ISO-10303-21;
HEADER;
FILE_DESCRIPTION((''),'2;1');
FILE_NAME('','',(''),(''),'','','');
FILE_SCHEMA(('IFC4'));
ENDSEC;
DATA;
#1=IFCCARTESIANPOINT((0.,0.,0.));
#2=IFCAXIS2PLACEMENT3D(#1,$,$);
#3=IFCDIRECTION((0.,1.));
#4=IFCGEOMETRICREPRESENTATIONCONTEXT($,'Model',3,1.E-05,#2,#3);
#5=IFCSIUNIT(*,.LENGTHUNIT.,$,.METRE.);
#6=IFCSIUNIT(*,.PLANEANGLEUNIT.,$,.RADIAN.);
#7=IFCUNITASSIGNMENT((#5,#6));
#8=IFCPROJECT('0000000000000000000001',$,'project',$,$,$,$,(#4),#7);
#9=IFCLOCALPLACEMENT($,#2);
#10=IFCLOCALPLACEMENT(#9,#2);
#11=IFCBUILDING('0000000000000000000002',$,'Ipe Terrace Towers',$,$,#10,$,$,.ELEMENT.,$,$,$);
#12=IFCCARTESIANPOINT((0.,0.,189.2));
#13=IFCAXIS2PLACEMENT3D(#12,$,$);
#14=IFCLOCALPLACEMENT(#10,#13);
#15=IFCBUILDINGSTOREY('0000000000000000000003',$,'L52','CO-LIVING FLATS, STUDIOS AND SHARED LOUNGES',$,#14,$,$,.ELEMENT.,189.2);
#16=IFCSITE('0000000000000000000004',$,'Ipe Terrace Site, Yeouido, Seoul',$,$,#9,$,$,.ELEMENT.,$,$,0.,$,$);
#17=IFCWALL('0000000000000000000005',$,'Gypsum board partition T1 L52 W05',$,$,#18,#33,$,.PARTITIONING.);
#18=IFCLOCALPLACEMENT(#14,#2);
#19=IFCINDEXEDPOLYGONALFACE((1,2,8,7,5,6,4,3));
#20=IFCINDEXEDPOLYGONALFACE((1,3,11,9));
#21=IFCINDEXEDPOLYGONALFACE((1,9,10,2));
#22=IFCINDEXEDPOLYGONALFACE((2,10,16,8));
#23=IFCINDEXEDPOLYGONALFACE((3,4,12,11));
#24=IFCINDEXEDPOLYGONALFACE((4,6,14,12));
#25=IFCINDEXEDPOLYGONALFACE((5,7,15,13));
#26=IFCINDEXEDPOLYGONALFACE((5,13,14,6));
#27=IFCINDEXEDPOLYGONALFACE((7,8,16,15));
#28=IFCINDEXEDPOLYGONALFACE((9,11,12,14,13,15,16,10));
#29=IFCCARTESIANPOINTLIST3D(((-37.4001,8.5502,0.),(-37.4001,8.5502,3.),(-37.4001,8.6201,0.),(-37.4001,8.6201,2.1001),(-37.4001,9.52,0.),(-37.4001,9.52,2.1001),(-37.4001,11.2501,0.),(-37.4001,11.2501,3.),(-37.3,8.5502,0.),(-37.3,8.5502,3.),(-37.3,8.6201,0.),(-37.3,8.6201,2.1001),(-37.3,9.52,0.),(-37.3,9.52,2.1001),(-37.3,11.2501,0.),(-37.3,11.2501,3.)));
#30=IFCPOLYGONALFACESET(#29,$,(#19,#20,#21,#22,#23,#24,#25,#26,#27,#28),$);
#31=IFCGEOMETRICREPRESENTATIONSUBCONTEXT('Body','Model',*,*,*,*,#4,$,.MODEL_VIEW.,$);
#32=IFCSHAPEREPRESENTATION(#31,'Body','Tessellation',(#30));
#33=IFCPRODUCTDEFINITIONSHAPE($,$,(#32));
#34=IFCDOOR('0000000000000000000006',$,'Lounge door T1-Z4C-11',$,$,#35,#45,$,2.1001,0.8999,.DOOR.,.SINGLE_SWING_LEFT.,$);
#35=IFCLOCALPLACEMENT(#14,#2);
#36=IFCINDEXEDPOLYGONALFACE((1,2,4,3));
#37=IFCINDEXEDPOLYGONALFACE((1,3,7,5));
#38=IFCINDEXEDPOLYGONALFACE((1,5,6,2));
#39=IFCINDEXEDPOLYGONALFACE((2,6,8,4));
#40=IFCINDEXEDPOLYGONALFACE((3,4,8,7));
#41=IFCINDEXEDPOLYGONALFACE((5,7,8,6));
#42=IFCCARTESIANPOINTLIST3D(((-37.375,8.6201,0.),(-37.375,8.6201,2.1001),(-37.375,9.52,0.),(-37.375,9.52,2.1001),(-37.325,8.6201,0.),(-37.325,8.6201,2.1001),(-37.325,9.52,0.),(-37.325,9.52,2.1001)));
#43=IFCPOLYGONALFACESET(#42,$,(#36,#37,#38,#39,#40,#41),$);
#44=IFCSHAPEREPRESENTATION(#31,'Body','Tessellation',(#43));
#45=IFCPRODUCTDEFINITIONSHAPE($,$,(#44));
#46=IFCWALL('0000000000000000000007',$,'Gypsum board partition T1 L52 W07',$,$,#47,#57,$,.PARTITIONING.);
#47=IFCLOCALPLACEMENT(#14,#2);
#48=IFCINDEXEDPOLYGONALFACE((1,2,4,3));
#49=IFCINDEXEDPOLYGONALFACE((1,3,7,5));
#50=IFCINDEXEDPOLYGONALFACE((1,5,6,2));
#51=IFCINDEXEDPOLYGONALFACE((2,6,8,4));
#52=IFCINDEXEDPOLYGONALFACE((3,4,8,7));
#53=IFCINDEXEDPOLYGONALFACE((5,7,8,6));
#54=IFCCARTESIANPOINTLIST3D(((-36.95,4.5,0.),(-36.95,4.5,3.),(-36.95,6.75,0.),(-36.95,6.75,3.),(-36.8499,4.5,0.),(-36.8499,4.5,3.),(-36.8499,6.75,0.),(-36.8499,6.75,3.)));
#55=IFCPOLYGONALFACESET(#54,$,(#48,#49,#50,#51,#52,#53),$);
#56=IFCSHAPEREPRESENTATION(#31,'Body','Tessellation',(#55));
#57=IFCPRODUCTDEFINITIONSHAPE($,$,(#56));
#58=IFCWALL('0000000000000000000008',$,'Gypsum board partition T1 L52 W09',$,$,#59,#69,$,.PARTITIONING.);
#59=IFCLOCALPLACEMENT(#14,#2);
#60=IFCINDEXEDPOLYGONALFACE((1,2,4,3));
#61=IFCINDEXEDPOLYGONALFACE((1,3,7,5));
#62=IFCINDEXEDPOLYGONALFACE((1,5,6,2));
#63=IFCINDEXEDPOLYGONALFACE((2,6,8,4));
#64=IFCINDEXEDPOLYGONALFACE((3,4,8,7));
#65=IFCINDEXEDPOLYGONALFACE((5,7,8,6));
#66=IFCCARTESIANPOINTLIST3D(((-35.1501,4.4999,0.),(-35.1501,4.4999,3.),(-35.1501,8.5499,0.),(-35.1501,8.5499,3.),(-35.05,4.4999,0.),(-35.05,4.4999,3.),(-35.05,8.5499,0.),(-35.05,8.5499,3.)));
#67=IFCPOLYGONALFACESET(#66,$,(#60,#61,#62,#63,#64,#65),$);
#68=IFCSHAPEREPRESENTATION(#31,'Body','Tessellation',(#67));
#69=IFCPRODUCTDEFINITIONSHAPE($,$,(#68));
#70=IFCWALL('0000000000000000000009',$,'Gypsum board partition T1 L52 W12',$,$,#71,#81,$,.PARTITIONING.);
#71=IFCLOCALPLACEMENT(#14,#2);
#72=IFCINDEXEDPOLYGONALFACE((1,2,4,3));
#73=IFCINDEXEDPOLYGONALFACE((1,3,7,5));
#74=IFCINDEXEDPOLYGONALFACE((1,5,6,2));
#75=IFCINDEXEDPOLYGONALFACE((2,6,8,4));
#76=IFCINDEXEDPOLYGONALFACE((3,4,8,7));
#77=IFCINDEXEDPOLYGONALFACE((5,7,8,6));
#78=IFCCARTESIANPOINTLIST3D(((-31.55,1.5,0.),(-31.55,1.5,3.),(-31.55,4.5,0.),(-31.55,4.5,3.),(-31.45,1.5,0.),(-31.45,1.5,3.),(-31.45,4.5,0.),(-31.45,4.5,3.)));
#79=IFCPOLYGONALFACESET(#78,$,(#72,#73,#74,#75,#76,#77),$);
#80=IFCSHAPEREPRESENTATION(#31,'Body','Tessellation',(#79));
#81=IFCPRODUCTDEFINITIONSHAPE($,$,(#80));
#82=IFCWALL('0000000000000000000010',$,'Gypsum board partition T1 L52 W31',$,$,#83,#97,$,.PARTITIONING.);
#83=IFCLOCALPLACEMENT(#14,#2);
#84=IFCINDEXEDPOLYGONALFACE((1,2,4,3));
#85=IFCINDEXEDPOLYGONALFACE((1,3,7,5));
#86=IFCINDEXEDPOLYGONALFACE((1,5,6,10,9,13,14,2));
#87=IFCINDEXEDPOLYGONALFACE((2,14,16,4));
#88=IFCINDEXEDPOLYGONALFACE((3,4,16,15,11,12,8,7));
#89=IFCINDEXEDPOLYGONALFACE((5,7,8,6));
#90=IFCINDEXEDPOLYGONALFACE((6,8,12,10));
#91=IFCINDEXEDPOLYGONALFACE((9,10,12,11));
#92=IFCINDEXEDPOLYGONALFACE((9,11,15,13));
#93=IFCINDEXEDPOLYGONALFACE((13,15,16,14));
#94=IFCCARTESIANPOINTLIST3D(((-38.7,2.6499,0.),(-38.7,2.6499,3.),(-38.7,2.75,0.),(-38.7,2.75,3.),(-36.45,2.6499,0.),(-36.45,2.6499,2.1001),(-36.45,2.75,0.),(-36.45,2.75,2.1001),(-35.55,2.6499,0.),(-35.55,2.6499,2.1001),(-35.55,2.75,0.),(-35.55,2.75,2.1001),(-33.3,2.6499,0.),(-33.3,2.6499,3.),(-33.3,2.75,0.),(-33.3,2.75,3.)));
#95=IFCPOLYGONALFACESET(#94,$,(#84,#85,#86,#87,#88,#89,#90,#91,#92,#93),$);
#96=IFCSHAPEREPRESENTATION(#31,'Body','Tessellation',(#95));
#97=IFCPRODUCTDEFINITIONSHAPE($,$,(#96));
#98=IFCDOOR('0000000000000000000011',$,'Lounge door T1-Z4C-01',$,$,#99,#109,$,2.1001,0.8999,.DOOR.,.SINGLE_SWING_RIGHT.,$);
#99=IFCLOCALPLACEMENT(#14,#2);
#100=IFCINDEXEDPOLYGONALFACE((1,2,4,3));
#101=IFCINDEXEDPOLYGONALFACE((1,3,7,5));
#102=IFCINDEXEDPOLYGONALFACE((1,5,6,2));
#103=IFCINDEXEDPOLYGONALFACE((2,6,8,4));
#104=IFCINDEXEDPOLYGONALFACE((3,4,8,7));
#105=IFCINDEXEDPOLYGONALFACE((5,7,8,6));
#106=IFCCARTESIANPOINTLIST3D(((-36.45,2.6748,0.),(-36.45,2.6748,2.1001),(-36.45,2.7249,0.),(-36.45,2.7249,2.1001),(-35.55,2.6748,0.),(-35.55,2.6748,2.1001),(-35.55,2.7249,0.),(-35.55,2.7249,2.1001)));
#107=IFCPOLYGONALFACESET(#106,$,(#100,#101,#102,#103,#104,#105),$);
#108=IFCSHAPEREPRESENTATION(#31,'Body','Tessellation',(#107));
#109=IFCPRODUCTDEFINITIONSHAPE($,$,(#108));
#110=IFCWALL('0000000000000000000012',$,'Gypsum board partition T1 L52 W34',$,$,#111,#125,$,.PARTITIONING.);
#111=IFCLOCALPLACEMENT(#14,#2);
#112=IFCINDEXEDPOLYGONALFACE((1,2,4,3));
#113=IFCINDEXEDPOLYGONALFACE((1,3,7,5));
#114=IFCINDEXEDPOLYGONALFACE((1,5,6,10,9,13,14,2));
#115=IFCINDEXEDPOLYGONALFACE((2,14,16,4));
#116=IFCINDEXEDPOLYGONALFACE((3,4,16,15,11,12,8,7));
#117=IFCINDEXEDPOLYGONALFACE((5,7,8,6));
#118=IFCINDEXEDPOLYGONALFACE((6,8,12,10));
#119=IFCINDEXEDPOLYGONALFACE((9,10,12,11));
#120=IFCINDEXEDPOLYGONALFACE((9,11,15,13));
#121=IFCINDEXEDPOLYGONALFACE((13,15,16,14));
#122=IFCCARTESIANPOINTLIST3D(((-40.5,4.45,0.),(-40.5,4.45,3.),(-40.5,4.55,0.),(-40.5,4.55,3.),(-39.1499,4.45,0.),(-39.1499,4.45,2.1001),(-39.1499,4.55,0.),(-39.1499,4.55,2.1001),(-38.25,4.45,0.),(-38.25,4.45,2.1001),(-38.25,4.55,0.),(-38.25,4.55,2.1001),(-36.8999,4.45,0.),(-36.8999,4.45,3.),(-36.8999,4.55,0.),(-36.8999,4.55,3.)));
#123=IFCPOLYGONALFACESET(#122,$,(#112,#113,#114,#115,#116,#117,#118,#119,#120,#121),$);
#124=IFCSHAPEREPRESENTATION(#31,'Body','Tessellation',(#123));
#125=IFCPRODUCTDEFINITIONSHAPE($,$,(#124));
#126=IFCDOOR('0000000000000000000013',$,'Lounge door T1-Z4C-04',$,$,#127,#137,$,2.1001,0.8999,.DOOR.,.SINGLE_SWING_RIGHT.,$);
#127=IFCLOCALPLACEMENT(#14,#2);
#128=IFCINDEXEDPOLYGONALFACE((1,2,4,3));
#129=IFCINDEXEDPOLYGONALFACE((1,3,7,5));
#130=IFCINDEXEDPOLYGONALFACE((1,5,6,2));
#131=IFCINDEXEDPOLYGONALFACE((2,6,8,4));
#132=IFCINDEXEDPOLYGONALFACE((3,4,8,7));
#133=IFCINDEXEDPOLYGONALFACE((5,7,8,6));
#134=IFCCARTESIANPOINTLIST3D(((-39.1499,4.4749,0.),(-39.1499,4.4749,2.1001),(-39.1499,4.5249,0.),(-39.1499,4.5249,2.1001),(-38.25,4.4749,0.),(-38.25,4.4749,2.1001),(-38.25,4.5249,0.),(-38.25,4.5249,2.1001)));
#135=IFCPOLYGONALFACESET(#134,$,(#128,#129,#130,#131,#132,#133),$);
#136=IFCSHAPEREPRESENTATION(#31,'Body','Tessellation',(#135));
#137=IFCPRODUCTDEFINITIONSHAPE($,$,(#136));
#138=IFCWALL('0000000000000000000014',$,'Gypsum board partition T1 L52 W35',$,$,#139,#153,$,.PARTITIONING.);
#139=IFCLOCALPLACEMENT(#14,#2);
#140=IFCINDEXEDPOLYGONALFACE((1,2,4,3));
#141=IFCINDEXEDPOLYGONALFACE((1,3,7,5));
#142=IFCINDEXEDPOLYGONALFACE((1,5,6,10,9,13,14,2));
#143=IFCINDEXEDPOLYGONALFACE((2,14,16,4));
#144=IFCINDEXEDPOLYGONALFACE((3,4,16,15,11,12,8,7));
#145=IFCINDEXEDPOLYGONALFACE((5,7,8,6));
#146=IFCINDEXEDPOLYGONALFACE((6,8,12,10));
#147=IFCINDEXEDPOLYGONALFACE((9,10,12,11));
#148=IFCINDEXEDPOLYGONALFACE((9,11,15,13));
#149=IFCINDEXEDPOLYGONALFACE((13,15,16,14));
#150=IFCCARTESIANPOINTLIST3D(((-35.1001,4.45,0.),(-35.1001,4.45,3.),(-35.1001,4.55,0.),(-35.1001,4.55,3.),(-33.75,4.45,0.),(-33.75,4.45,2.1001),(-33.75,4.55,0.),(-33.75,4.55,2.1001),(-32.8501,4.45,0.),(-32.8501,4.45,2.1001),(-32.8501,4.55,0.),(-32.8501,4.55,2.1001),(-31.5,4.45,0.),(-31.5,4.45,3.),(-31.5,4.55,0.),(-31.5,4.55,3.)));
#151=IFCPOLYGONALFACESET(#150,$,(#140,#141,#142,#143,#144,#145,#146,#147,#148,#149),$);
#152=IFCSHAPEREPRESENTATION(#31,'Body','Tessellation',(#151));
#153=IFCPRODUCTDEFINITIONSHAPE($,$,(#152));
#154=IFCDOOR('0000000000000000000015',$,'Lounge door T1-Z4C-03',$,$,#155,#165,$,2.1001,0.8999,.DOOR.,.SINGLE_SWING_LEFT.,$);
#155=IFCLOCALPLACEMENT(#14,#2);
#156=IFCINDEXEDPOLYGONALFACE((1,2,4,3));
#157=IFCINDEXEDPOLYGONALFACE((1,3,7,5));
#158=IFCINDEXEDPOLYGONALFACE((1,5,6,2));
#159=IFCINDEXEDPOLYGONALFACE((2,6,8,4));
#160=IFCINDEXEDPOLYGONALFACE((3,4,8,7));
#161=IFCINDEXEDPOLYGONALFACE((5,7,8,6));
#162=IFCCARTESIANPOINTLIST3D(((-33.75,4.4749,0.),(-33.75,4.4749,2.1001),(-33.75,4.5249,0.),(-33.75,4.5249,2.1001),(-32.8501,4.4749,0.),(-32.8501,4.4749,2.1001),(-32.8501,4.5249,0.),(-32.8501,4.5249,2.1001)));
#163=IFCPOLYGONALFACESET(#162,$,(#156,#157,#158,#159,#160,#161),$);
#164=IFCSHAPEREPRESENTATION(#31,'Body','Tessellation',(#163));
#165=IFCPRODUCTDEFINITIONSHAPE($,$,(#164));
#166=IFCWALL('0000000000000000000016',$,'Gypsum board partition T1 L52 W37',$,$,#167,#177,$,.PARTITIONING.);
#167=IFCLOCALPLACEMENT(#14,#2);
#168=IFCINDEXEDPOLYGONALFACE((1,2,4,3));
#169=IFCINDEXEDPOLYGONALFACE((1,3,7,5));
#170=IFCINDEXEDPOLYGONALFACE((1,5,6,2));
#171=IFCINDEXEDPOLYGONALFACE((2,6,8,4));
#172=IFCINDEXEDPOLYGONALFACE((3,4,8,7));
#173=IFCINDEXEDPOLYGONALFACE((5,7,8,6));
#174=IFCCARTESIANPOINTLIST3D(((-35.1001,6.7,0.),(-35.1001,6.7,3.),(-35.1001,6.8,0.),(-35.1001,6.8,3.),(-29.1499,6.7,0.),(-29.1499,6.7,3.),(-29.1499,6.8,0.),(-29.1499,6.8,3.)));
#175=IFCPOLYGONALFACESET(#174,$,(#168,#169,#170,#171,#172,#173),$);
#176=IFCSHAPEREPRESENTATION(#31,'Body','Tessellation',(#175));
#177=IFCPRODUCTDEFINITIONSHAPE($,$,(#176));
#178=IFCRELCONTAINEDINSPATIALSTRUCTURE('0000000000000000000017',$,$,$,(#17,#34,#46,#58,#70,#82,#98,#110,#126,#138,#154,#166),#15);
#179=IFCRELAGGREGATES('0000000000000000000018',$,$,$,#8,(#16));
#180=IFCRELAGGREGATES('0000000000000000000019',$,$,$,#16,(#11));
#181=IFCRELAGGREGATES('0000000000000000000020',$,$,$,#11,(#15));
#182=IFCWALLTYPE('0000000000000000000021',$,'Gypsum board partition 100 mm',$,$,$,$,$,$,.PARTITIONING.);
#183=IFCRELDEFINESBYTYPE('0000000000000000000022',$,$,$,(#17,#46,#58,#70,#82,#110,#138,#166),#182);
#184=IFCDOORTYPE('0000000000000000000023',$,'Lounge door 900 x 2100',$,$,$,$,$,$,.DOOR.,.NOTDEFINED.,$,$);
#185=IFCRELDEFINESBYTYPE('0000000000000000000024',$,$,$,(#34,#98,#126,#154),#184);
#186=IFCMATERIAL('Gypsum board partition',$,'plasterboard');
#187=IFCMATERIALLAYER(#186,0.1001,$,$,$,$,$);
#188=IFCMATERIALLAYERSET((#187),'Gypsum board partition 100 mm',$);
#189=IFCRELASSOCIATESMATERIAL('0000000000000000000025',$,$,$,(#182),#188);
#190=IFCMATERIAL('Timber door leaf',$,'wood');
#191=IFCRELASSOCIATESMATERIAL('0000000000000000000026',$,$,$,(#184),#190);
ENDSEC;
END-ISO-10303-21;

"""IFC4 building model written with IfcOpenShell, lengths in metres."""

from ifc_helpers import new_model, si_unit, direction, frame, frame_2d, origin, place, context, subcontext, project, spatial, rectangle, extrude, material, layer, layer_set, type_object, element, fill, save


model = new_model("IFC4")

# Units and contexts
model_context = context("Model", 3, precision=1e-05, world=origin(), true_north=direction((0.0, 1.0)))
body_context = subcontext(model_context, "Body", "Model", "MODEL_VIEW")
ifc_project = project(units=[si_unit("LENGTHUNIT", "METRE"), si_unit("PLANEANGLEUNIT", "RADIAN")], contexts=[model_context])

# Site, building, storey
site_placement = place(None, origin())
site = spatial("IfcSite", under=ifc_project, at=site_placement, Name="Ipe Terrace Site, Yeouido, Seoul", CompositionType="ELEMENT", RefElevation=0.0)
building_placement = place(site_placement, origin())
building = spatial("IfcBuilding", under=site, at=building_placement, Name="Ipe Terrace Towers", CompositionType="ELEMENT")
storey_placement = place(building_placement, frame((0.0, 0.0, 189.2)))
storey = spatial("IfcBuildingStorey", under=building, at=storey_placement, Name="L52", Description="CO-LIVING FLATS, STUDIOS AND SHARED LOUNGES", CompositionType="ELEMENT", Elevation=189.2)

# Wall, opening, door
ifc_material_1 = material(Name="Gypsum board partition", Category="plasterboard")
ifc_layer_1 = layer(ifc_material_1, 0.1001)
ifc_layer_set_1 = layer_set([ifc_layer_1], Name="Gypsum board partition 100 mm")
wall_type_1 = type_object("IfcWallType", Name="Gypsum board partition 100 mm", PredefinedType="PARTITIONING", material=ifc_layer_set_1)
ifc_material_2 = material(Name="Timber door leaf", Category="wood")
door_type = type_object("IfcDoorType", Name="Lounge door 900 x 2100", OperationType="NOTDEFINED", PredefinedType="DOOR", material=ifc_material_2)
wall_1_placement = place(storey_placement, frame((-37.3501, 8.55, 0.0), z_axis=(0.0, 0.0, 1.0), x_axis=(0.0, 1.0, 0.0)))
wall_1 = element("IfcWall", 1, at=wall_1_placement, inside=storey, type_object=wall_type_1, Name="Gypsum board partition T1 L52 W05", PredefinedType="PARTITIONING", context=body_context, shape_type="SweptSolid", body=[
    extrude(rectangle(XDim=2.7, YDim=0.1001, at=frame_2d((1.3501, 0.0))), origin(), (0.0, 0.0, 1.0), 3.0),
])
opening_1_placement = place(wall_1_placement, frame((0.0701, 0.0, 0.0)))
opening_1 = element("IfcOpeningElement", 2, at=opening_1_placement, cuts=wall_1, PredefinedType="OPENING", context=body_context, shape_type="SweptSolid", body=[
    extrude(rectangle(XDim=0.8999, YDim=2.1001, at=frame_2d((0.45, 1.05))), frame((0.0, 0.0601, 0.0), z_axis=(0.0, -1.0, 0.0), x_axis=(1.0, 0.0, 0.0)), (0.0, 0.0, 1.0), 0.1201),
])
door_1_placement = place(opening_1_placement, origin())
door_1 = element("IfcDoor", 3, at=door_1_placement, inside=storey, type_object=door_type, Name="Lounge door T1-Z4C-11", OperationType="SINGLE_SWING_LEFT", OverallHeight=2.1001, OverallWidth=0.8999, PredefinedType="DOOR", context=body_context, shape_type="SweptSolid", body=[
    extrude(rectangle(XDim=0.8999, YDim=2.1001, at=frame_2d((0.45, 1.05))), frame((0.0, 0.0249, 0.0), z_axis=(0.0, -1.0, 0.0), x_axis=(1.0, 0.0, 0.0)), (0.0, 0.0, 1.0), 0.05),
])
fill(opening_1, door_1)

# Walls
wall_2_placement = place(storey_placement, frame((-36.8999, 4.5, 0.0), z_axis=(0.0, 0.0, 1.0), x_axis=(0.0, 1.0, 0.0)))
element("IfcWall", 4, at=wall_2_placement, inside=storey, type_object=wall_type_1, Name="Gypsum board partition T1 L52 W07", PredefinedType="PARTITIONING", context=body_context, shape_type="SweptSolid", body=[
    extrude(rectangle(XDim=2.25, YDim=0.1001, at=frame_2d((1.125, 0.0))), origin(), (0.0, 0.0, 1.0), 3.0),
])
wall_3_placement = place(storey_placement, frame((-35.1001, 4.5, 0.0), z_axis=(0.0, 0.0, 1.0), x_axis=(0.0, 1.0, 0.0)))
element("IfcWall", 5, at=wall_3_placement, inside=storey, type_object=wall_type_1, Name="Gypsum board partition T1 L52 W09", PredefinedType="PARTITIONING", context=body_context, shape_type="SweptSolid", body=[
    extrude(rectangle(XDim=4.05, YDim=0.1001, at=frame_2d((2.0249, 0.0))), origin(), (0.0, 0.0, 1.0), 3.0),
])
wall_4_placement = place(storey_placement, frame((-31.5, 1.5, 0.0), z_axis=(0.0, 0.0, 1.0), x_axis=(0.0, 1.0, 0.0)))
element("IfcWall", 6, at=wall_4_placement, inside=storey, type_object=wall_type_1, Name="Gypsum board partition T1 L52 W12", PredefinedType="PARTITIONING", context=body_context, shape_type="SweptSolid", body=[
    extrude(rectangle(XDim=3.0, YDim=0.1001, at=frame_2d((1.5, 0.0))), origin(), (0.0, 0.0, 1.0), 3.0),
])

# Walls, openings, doors
wall_5_placement = place(storey_placement, frame((-38.7, 2.7, 0.0), z_axis=(0.0, 0.0, 1.0), x_axis=(1.0, 0.0, 0.0)))
wall_5 = element("IfcWall", 7, at=wall_5_placement, inside=storey, type_object=wall_type_1, Name="Gypsum board partition T1 L52 W31", PredefinedType="PARTITIONING", context=body_context, shape_type="SweptSolid", body=[
    extrude(rectangle(XDim=5.3999, YDim=0.1001, at=frame_2d((2.7, 0.0))), origin(), (0.0, 0.0, 1.0), 3.0),
])
opening_2_placement = place(wall_5_placement, frame((2.25, 0.0, 0.0)))
opening_2 = element("IfcOpeningElement", 8, at=opening_2_placement, cuts=wall_5, PredefinedType="OPENING", context=body_context, shape_type="SweptSolid", body=[
    extrude(rectangle(XDim=0.8999, YDim=2.1001, at=frame_2d((0.45, 1.05))), frame((0.0, 0.0601, 0.0), z_axis=(0.0, -1.0, 0.0), x_axis=(1.0, 0.0, 0.0)), (0.0, 0.0, 1.0), 0.1201),
])
door_2_placement = place(opening_2_placement, origin())
door_2 = element("IfcDoor", 9, at=door_2_placement, inside=storey, type_object=door_type, Name="Lounge door T1-Z4C-01", OperationType="SINGLE_SWING_RIGHT", OverallHeight=2.1001, OverallWidth=0.8999, PredefinedType="DOOR", context=body_context, shape_type="SweptSolid", body=[
    extrude(rectangle(XDim=0.8999, YDim=2.1001, at=frame_2d((0.45, 1.05))), frame((0.0, 0.0249, 0.0), z_axis=(0.0, -1.0, 0.0), x_axis=(1.0, 0.0, 0.0)), (0.0, 0.0, 1.0), 0.05),
])
fill(opening_2, door_2)
wall_6_placement = place(storey_placement, frame((-40.5, 4.5, 0.0), z_axis=(0.0, 0.0, 1.0), x_axis=(1.0, 0.0, 0.0)))
wall_6 = element("IfcWall", 10, at=wall_6_placement, inside=storey, type_object=wall_type_1, Name="Gypsum board partition T1 L52 W34", PredefinedType="PARTITIONING", context=body_context, shape_type="SweptSolid", body=[
    extrude(rectangle(XDim=3.6001, YDim=0.1001, at=frame_2d((1.8, 0.0))), origin(), (0.0, 0.0, 1.0), 3.0),
])
opening_3_placement = place(wall_6_placement, frame((1.3501, 0.0, 0.0)))
opening_3 = element("IfcOpeningElement", 11, at=opening_3_placement, cuts=wall_6, PredefinedType="OPENING", context=body_context, shape_type="SweptSolid", body=[
    extrude(rectangle(XDim=0.8999, YDim=2.1001, at=frame_2d((0.45, 1.05))), frame((0.0, 0.0601, 0.0), z_axis=(0.0, -1.0, 0.0), x_axis=(1.0, 0.0, 0.0)), (0.0, 0.0, 1.0), 0.1201),
])
door_3_placement = place(opening_3_placement, origin())
door_3 = element("IfcDoor", 12, at=door_3_placement, inside=storey, type_object=door_type, Name="Lounge door T1-Z4C-04", OperationType="SINGLE_SWING_RIGHT", OverallHeight=2.1001, OverallWidth=0.8999, PredefinedType="DOOR", context=body_context, shape_type="SweptSolid", body=[
    extrude(rectangle(XDim=0.8999, YDim=2.1001, at=frame_2d((0.45, 1.05))), frame((0.0, 0.0249, 0.0), z_axis=(0.0, -1.0, 0.0), x_axis=(1.0, 0.0, 0.0)), (0.0, 0.0, 1.0), 0.05),
])
fill(opening_3, door_3)
wall_7_placement = place(storey_placement, frame((-35.1001, 4.5, 0.0), z_axis=(0.0, 0.0, 1.0), x_axis=(1.0, 0.0, 0.0)))
wall_7 = element("IfcWall", 13, at=wall_7_placement, inside=storey, type_object=wall_type_1, Name="Gypsum board partition T1 L52 W35", PredefinedType="PARTITIONING", context=body_context, shape_type="SweptSolid", body=[
    extrude(rectangle(XDim=3.6001, YDim=0.1001, at=frame_2d((1.8, 0.0))), origin(), (0.0, 0.0, 1.0), 3.0),
])
opening_4_placement = place(wall_7_placement, frame((1.3501, 0.0, 0.0)))
opening_4 = element("IfcOpeningElement", 14, at=opening_4_placement, cuts=wall_7, PredefinedType="OPENING", context=body_context, shape_type="SweptSolid", body=[
    extrude(rectangle(XDim=0.8999, YDim=2.1001, at=frame_2d((0.45, 1.05))), frame((0.0, 0.0601, 0.0), z_axis=(0.0, -1.0, 0.0), x_axis=(1.0, 0.0, 0.0)), (0.0, 0.0, 1.0), 0.1201),
])
door_4_placement = place(opening_4_placement, origin())
door_4 = element("IfcDoor", 15, at=door_4_placement, inside=storey, type_object=door_type, Name="Lounge door T1-Z4C-03", OperationType="SINGLE_SWING_LEFT", OverallHeight=2.1001, OverallWidth=0.8999, PredefinedType="DOOR", context=body_context, shape_type="SweptSolid", body=[
    extrude(rectangle(XDim=0.8999, YDim=2.1001, at=frame_2d((0.45, 1.05))), frame((0.0, 0.0249, 0.0), z_axis=(0.0, -1.0, 0.0), x_axis=(1.0, 0.0, 0.0)), (0.0, 0.0, 1.0), 0.05),
])
fill(opening_4, door_4)

# Wall
wall_8_placement = place(storey_placement, frame((-35.1001, 6.75, 0.0), z_axis=(0.0, 0.0, 1.0), x_axis=(1.0, 0.0, 0.0)))
element("IfcWall", 16, at=wall_8_placement, inside=storey, type_object=wall_type_1, Name="Gypsum board partition T1 L52 W37", PredefinedType="PARTITIONING", context=body_context, shape_type="SweptSolid", body=[
    extrude(rectangle(XDim=5.9502, YDim=0.1001, at=frame_2d((2.9751, 0.0))), origin(), (0.0, 0.0, 1.0), 3.0),
])

save(model, "model.ifc")
